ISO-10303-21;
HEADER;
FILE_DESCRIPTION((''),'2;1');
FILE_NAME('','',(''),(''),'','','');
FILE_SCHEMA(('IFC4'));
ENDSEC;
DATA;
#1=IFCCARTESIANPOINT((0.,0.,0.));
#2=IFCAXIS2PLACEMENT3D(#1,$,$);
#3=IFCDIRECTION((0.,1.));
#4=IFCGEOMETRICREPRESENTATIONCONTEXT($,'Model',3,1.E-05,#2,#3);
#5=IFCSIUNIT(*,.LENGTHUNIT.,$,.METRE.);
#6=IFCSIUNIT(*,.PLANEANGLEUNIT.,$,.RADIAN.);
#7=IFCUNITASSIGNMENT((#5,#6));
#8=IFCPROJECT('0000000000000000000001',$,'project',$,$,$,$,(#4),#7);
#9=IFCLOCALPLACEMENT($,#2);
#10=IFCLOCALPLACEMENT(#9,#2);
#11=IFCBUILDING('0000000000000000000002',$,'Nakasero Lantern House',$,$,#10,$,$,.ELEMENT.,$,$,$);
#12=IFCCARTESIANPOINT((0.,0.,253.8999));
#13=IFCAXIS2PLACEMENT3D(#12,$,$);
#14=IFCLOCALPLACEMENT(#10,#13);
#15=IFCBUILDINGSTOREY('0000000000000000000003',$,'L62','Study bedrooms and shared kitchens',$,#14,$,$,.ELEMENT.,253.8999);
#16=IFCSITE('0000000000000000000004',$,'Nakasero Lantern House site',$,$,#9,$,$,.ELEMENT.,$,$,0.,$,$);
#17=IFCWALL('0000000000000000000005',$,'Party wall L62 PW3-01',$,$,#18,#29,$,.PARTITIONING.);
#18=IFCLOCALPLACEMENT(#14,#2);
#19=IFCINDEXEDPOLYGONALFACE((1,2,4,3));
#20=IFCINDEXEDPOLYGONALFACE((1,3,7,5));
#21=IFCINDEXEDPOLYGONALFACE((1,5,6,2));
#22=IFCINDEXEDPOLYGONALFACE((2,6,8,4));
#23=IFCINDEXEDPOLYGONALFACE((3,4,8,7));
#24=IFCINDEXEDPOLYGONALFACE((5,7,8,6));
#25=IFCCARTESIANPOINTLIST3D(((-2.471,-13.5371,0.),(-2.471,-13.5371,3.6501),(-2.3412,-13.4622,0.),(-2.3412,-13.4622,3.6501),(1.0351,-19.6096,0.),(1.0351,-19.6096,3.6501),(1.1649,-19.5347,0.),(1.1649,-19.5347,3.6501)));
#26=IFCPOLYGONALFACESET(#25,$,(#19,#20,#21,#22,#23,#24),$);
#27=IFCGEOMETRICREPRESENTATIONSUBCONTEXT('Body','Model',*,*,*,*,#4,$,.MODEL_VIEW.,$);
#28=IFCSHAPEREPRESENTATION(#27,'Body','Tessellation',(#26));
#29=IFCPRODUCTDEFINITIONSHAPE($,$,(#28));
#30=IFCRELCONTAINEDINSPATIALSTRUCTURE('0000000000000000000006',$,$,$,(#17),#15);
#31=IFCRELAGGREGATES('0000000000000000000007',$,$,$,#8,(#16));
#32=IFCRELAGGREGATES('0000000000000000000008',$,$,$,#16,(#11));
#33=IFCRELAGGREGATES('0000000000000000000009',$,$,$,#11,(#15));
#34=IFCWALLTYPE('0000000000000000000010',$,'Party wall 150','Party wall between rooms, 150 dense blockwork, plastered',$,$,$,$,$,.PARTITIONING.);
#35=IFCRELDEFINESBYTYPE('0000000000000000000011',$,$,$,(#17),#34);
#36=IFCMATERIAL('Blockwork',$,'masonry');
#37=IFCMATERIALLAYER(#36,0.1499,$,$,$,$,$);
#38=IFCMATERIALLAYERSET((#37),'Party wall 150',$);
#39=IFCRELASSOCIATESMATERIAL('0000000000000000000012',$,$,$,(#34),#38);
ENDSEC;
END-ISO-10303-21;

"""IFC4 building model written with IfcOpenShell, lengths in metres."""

from ifc_helpers import new_model, si_unit, direction, frame, frame_2d, origin, place, context, subcontext, project, spatial, rectangle, extrude, material, layer, layer_set, type_object, element, save


model = new_model("IFC4")

# Units and contexts
model_context = context("Model", 3, precision=1e-05, world=origin(), true_north=direction((0.0, 1.0)))
body_context = subcontext(model_context, "Body", "Model", "MODEL_VIEW")
ifc_project = project(units=[si_unit("LENGTHUNIT", "METRE"), si_unit("PLANEANGLEUNIT", "RADIAN")], contexts=[model_context])

# Site, building, storey
site_placement = place(None, origin())
site = spatial("IfcSite", under=ifc_project, at=site_placement, Name="Nakasero Lantern House site", CompositionType="ELEMENT", RefElevation=0.0)
building_placement = place(site_placement, origin())
building = spatial("IfcBuilding", under=site, at=building_placement, Name="Nakasero Lantern House", CompositionType="ELEMENT")
storey_placement = place(building_placement, frame((0.0, 0.0, 253.8999)))
storey = spatial("IfcBuildingStorey", under=building, at=storey_placement, Name="L62", Description="Study bedrooms and shared kitchens", CompositionType="ELEMENT", Elevation=253.8999)

# Wall
ifc_material_1 = material(Name="Blockwork", Category="masonry")
ifc_layer_1 = layer(ifc_material_1, 0.1499)
ifc_layer_set_1 = layer_set([ifc_layer_1], Name="Party wall 150")
wall_type_1 = type_object("IfcWallType", Name="Party wall 150", Description="Party wall between rooms, 150 dense blockwork, plastered", PredefinedType="PARTITIONING", material=ifc_layer_set_1)
wall_1_placement = place(storey_placement, frame((-2.406, -13.4998, 0.0), z_axis=(0.0, 0.0, 1.0), x_axis=(0.500015, -0.866017, 0.0)))
element("IfcWall", 1, at=wall_1_placement, inside=storey, type_object=wall_type_1, Name="Party wall L62 PW3-01", PredefinedType="PARTITIONING", context=body_context, shape_type="SweptSolid", body=[
    extrude(rectangle(XDim=7.012, YDim=0.1499, at=frame_2d((3.5059, 0.0))), origin(), (0.0, 0.0, 1.0), 3.6501),
])

save(model, "model.ifc")
